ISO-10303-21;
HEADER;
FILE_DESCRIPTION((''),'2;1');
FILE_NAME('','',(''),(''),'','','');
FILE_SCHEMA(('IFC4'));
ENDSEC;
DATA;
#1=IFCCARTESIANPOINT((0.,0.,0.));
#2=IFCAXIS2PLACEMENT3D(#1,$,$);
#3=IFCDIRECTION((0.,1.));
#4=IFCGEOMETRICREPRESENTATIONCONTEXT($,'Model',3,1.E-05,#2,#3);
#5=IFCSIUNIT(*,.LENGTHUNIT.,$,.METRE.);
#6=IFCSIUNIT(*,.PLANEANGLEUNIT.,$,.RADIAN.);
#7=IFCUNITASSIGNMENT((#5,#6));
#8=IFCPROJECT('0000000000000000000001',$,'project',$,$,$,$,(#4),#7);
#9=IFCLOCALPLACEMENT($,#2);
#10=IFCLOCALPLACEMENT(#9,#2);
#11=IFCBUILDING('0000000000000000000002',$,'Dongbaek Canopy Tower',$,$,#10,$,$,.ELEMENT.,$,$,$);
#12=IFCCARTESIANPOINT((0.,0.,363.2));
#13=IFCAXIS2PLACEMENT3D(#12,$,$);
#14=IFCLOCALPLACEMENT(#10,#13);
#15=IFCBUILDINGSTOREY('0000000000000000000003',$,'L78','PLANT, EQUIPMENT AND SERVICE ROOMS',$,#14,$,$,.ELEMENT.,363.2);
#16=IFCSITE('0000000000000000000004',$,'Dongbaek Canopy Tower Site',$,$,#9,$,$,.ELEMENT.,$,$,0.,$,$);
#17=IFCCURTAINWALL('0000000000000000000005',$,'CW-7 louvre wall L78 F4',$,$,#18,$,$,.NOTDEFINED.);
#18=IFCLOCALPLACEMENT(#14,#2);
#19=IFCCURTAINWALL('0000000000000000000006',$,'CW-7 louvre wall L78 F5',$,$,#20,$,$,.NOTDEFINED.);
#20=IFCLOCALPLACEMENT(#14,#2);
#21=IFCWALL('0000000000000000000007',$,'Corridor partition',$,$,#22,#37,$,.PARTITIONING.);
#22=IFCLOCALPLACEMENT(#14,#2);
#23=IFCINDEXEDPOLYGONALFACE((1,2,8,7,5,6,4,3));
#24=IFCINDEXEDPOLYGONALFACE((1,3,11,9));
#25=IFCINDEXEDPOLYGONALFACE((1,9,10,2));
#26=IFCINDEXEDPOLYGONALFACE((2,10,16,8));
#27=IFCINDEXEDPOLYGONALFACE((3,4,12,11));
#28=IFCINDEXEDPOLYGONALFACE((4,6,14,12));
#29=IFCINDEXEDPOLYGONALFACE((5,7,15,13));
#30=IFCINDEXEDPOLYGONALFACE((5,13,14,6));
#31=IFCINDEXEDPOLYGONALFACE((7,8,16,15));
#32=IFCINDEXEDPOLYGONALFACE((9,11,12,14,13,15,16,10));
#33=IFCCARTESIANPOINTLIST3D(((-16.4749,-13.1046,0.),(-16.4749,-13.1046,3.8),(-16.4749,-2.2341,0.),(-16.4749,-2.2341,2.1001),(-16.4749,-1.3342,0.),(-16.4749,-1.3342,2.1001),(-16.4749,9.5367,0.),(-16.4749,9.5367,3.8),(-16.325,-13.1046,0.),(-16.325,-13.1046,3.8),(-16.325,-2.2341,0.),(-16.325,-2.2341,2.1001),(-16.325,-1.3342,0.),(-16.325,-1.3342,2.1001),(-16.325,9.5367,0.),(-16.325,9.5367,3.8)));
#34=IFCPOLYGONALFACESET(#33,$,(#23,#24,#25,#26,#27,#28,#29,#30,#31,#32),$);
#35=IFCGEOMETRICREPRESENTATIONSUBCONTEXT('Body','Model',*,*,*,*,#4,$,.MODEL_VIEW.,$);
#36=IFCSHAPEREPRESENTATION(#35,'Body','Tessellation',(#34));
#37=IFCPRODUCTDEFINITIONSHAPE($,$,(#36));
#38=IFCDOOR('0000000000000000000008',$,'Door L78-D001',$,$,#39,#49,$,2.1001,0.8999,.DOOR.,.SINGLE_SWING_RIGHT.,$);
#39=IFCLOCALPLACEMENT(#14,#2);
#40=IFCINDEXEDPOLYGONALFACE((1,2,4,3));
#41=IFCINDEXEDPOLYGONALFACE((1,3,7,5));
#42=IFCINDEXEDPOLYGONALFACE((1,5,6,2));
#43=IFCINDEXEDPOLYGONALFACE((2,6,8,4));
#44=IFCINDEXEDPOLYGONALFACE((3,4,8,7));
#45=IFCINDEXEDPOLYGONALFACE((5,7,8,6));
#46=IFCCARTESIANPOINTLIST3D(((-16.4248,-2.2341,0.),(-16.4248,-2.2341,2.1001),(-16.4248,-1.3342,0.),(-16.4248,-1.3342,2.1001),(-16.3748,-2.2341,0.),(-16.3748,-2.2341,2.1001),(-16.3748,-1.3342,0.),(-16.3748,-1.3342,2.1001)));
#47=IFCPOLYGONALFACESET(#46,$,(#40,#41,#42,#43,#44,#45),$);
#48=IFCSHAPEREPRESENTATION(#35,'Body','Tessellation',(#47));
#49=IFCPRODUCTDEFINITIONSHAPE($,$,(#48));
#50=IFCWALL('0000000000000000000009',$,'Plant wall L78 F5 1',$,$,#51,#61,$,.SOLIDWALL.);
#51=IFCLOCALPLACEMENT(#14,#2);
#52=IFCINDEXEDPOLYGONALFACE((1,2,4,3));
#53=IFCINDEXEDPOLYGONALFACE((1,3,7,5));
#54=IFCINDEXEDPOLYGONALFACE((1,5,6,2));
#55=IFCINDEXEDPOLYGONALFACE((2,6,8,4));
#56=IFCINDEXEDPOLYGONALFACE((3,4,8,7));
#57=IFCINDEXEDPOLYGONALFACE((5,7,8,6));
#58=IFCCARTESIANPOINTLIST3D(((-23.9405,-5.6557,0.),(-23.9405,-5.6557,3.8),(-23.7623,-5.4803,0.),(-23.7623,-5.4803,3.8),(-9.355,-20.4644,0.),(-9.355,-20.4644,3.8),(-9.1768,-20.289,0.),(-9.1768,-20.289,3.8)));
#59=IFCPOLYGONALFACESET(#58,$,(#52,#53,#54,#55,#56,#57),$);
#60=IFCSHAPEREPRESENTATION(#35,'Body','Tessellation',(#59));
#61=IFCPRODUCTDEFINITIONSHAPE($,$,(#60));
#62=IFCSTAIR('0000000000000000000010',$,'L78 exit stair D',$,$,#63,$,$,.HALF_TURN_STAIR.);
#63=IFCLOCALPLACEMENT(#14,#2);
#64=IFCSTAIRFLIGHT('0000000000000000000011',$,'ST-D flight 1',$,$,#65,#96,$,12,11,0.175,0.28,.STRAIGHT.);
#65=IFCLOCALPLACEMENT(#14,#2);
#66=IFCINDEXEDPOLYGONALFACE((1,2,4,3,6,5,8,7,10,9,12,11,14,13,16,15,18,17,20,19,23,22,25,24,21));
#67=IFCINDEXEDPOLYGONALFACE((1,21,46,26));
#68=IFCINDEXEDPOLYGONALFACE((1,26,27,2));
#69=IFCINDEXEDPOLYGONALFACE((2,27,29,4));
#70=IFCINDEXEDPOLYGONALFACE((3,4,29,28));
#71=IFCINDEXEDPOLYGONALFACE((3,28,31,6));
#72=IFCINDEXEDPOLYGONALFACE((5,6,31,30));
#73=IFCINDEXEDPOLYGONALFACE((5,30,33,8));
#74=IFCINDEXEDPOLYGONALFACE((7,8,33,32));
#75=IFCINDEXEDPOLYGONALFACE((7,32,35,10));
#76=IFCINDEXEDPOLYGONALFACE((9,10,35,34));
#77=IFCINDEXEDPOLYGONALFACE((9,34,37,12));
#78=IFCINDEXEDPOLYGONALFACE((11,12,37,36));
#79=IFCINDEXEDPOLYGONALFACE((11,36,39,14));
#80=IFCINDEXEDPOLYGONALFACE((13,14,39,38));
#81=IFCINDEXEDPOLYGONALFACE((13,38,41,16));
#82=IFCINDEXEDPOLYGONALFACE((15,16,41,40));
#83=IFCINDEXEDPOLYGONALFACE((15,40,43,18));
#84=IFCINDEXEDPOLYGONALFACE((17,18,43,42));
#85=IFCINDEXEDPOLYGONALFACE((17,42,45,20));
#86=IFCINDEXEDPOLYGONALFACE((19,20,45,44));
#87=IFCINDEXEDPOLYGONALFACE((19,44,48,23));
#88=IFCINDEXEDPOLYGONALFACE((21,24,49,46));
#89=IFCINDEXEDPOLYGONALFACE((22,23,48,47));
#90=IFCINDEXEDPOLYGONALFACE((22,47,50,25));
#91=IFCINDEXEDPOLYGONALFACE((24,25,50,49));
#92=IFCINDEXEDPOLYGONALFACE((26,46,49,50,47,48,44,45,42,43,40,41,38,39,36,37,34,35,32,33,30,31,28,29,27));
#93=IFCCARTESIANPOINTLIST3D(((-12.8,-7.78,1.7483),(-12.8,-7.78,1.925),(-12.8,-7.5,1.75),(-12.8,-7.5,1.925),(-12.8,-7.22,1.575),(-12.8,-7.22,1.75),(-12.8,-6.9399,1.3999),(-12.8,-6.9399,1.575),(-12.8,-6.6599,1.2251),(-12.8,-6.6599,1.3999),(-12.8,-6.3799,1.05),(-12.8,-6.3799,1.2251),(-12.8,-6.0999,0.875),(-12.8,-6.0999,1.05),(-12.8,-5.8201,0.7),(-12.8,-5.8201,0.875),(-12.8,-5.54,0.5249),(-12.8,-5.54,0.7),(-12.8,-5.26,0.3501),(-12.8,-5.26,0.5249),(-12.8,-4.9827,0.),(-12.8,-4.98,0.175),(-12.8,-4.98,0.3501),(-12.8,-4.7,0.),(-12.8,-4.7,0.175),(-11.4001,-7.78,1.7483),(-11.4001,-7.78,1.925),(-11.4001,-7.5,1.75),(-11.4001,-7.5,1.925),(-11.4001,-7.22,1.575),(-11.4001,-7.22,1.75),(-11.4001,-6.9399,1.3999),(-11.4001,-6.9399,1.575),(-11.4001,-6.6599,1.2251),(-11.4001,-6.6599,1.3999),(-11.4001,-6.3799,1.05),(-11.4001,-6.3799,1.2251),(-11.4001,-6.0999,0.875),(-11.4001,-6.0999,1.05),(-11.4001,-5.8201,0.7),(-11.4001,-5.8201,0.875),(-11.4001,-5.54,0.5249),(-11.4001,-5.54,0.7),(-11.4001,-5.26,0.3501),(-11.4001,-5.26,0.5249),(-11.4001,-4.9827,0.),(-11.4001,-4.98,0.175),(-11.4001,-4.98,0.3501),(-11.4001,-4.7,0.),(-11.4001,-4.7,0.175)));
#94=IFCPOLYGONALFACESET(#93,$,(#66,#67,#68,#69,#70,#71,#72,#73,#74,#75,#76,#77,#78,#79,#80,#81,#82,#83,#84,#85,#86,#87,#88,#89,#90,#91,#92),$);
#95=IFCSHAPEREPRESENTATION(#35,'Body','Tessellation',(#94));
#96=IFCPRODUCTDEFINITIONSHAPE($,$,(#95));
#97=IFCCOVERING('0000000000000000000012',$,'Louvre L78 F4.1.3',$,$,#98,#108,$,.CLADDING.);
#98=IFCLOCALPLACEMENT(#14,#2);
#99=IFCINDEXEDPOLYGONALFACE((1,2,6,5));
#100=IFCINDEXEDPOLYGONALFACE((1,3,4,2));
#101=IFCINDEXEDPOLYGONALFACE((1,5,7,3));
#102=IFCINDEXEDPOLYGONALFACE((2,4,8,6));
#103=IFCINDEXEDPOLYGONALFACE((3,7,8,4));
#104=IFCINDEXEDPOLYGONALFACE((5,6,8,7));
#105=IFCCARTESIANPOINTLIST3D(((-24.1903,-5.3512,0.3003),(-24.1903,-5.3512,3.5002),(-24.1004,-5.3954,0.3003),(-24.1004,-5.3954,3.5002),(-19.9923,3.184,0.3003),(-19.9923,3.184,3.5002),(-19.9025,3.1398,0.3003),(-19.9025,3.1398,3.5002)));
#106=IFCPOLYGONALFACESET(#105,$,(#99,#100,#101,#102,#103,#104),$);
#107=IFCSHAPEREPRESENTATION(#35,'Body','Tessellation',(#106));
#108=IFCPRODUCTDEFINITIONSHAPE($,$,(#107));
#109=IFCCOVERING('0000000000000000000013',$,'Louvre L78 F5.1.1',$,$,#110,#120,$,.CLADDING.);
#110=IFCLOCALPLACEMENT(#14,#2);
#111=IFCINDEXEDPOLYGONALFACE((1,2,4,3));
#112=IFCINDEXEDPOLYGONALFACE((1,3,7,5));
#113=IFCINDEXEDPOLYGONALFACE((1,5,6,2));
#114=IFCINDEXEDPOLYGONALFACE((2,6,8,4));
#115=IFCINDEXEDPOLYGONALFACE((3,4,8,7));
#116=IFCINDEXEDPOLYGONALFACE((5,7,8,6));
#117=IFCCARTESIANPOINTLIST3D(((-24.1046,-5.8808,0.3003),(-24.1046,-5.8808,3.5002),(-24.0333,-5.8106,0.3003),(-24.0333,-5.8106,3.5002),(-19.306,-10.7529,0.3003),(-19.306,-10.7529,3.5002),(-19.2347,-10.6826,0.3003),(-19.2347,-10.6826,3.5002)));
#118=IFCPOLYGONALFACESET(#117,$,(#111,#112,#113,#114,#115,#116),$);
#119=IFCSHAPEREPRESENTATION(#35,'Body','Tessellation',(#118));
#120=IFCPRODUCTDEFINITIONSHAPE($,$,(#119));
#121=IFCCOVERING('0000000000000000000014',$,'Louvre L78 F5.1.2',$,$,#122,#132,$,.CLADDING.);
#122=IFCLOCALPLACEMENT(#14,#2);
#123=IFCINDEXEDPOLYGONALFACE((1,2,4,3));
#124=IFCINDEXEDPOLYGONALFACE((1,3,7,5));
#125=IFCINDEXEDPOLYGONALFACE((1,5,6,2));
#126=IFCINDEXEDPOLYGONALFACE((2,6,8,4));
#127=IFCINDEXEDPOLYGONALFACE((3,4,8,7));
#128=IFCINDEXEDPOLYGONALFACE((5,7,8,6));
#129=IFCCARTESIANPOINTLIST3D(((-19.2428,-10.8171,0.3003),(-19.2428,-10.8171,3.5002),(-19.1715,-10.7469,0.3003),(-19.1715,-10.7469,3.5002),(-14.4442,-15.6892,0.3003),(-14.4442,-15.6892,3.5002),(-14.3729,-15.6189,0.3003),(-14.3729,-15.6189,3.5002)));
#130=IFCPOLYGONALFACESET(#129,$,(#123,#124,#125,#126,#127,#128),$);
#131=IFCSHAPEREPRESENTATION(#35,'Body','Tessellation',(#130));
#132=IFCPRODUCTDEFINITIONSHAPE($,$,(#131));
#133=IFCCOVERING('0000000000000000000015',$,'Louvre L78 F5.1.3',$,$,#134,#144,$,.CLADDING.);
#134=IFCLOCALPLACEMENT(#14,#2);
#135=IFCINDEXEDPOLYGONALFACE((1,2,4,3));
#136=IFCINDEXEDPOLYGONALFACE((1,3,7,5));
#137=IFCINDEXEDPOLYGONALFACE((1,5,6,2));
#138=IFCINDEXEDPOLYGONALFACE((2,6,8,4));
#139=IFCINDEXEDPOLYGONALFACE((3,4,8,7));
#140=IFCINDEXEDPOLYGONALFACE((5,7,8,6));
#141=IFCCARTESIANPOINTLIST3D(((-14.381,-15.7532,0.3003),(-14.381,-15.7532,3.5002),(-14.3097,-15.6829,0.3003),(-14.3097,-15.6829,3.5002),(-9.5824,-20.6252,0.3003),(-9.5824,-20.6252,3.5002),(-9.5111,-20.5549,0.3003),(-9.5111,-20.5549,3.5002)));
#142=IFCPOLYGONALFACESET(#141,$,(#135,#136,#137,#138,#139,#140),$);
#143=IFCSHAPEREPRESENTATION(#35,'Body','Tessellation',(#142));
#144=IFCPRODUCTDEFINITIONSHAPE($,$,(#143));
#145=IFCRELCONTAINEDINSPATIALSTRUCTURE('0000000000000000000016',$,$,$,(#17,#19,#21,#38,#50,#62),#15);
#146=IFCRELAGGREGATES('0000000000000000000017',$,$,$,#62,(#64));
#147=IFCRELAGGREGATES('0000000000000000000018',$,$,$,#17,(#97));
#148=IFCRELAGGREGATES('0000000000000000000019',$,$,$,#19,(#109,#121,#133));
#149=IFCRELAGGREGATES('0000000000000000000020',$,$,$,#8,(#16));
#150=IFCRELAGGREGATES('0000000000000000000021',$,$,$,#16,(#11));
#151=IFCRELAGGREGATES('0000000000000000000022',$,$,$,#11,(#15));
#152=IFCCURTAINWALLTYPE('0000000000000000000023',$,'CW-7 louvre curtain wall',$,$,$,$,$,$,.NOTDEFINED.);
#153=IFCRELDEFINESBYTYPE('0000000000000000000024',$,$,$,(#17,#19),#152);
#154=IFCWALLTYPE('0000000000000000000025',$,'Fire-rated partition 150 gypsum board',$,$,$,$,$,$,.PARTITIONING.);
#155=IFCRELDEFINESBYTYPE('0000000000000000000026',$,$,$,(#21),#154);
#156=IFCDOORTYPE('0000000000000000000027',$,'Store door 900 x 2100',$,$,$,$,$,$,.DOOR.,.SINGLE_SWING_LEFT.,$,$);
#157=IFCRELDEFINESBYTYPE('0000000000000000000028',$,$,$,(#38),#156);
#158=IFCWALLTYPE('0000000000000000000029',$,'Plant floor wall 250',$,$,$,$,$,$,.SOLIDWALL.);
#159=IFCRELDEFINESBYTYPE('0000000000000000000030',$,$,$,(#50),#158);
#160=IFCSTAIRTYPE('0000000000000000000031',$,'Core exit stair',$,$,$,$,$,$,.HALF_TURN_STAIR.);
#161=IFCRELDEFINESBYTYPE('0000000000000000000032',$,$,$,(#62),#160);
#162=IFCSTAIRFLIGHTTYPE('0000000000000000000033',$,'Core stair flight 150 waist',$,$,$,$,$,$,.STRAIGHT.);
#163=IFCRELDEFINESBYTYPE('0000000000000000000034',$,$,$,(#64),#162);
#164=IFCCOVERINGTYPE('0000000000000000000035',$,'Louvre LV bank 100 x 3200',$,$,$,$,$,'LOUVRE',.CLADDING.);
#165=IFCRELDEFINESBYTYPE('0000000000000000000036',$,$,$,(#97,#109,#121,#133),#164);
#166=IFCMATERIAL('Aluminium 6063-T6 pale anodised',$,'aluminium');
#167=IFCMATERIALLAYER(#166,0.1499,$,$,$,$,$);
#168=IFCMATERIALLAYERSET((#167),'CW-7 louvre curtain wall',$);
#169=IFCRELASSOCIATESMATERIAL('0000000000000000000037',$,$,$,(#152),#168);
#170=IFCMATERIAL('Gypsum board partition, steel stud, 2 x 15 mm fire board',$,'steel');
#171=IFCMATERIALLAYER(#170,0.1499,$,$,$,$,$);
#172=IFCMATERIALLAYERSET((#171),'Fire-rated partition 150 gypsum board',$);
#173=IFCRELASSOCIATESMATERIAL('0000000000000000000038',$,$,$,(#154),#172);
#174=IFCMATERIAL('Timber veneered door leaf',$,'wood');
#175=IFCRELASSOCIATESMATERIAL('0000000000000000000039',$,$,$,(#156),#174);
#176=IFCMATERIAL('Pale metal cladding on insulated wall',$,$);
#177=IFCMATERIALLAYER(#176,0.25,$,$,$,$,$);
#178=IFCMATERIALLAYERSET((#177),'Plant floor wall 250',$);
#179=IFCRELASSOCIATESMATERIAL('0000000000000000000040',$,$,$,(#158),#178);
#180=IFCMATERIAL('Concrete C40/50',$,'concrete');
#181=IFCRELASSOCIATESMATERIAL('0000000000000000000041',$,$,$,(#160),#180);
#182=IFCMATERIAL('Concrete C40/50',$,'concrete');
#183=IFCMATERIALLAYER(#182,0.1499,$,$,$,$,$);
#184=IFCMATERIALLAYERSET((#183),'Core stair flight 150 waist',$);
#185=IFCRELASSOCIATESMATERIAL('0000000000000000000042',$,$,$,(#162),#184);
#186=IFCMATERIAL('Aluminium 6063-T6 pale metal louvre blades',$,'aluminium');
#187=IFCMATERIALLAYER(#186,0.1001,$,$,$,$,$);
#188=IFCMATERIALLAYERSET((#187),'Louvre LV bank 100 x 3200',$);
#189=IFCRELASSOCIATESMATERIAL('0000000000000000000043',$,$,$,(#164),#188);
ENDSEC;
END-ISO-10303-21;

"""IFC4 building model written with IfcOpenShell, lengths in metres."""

from ifc_helpers import new_model, si_unit, direction, frame, frame_2d, origin, origin_2d, place, context, subcontext, project, spatial, polyline, rectangle, outline, extrude, material, layer, layer_set, type_object, element, fill, aggregate, save


model = new_model("IFC4")

# Units and contexts
model_context = context("Model", 3, precision=1e-05, world=origin(), true_north=direction((0.0, 1.0)))
body_context = subcontext(model_context, "Body", "Model", "MODEL_VIEW")
ifc_project = project(units=[si_unit("LENGTHUNIT", "METRE"), si_unit("PLANEANGLEUNIT", "RADIAN")], contexts=[model_context])

# Site, building, storey
site_placement = place(None, origin())
site = spatial("IfcSite", under=ifc_project, at=site_placement, Name="Dongbaek Canopy Tower Site", CompositionType="ELEMENT", RefElevation=0.0)
building_placement = place(site_placement, origin())
building = spatial("IfcBuilding", under=site, at=building_placement, Name="Dongbaek Canopy Tower", CompositionType="ELEMENT")
storey_placement = place(building_placement, frame((0.0, 0.0, 363.2)))
storey = spatial("IfcBuildingStorey", under=building, at=storey_placement, Name="L78", Description="PLANT, EQUIPMENT AND SERVICE ROOMS", CompositionType="ELEMENT", Elevation=363.2)

# Curtain wall
ifc_material_1 = material(Name="Aluminium 6063-T6 pale anodised", Category="aluminium")
ifc_layer_1 = layer(ifc_material_1, 0.1499)
ifc_layer_set_1 = layer_set([ifc_layer_1], Name="CW-7 louvre curtain wall")
curtain_wall_type = type_object("IfcCurtainWallType", Name="CW-7 louvre curtain wall", PredefinedType="NOTDEFINED", material=ifc_layer_set_1)
curtain_wall_1_placement = place(storey_placement, origin())
curtain_wall_1 = element("IfcCurtainWall", 1, at=curtain_wall_1_placement, inside=storey, type_object=curtain_wall_type, Name="CW-7 louvre wall L78 F4", PredefinedType="NOTDEFINED")

# Curtain wall
curtain_wall_2_placement = place(storey_placement, origin())
curtain_wall_2 = element("IfcCurtainWall", 2, at=curtain_wall_2_placement, inside=storey, type_object=curtain_wall_type, Name="CW-7 louvre wall L78 F5", PredefinedType="NOTDEFINED")

# Wall, opening, door
ifc_material_2 = material(Name="Gypsum board partition, steel stud, 2 x 15 mm fire board", Category="steel")
ifc_layer_2 = layer(ifc_material_2, 0.1499)
ifc_layer_set_2 = layer_set([ifc_layer_2], Name="Fire-rated partition 150 gypsum board")
wall_type_1 = type_object("IfcWallType", Name="Fire-rated partition 150 gypsum board", PredefinedType="PARTITIONING", material=ifc_layer_set_2)
wall_1_placement = place(storey_placement, frame((-16.3999, -13.1047, 0.0), z_axis=(0.0, 0.0, 1.0), x_axis=(0.0, 1.0, 0.0)))
wall_1 = element("IfcWall", 3, at=wall_1_placement, inside=storey, type_object=wall_type_1, Name="Corridor partition", PredefinedType="PARTITIONING", context=body_context, shape_type="SweptSolid", body=[
    extrude(rectangle(XDim=22.6414, YDim=0.1499, at=frame_2d((11.3208, 0.0))), origin(), (0.0, 0.0, 1.0), 3.8),
])
opening_placement = place(wall_1_placement, frame((10.8706, 0.0, 0.0)))
opening = element("IfcOpeningElement", 4, at=opening_placement, cuts=wall_1, PredefinedType="OPENING", context=body_context, shape_type="SweptSolid", body=[
    extrude(rectangle(XDim=0.8999, YDim=2.1001, at=frame_2d((0.45, 1.05))), frame((0.0, 0.085, 0.0), z_axis=(0.0, -1.0, 0.0), x_axis=(1.0, 0.0, 0.0)), (0.0, 0.0, 1.0), 0.1699),
])
ifc_material_3 = material(Name="Timber veneered door leaf", Category="wood")
door_type = type_object("IfcDoorType", Name="Store door 900 x 2100", OperationType="SINGLE_SWING_LEFT", PredefinedType="DOOR", material=ifc_material_3)
door_placement = place(opening_placement, origin())
door = element("IfcDoor", 5, at=door_placement, inside=storey, type_object=door_type, Name="Door L78-D001", OperationType="SINGLE_SWING_RIGHT", OverallHeight=2.1001, OverallWidth=0.8999, PredefinedType="DOOR", context=body_context, shape_type="SweptSolid", body=[
    extrude(rectangle(XDim=0.8999, YDim=2.1001, at=frame_2d((0.45, 1.05))), frame((0.0, 0.0249, 0.0), z_axis=(0.0, -1.0, 0.0), x_axis=(1.0, 0.0, 0.0)), (0.0, 0.0, 1.0), 0.05),
])
fill(opening, door)

# Wall
ifc_material_4 = material(Name="Pale metal cladding on insulated wall")
ifc_layer_3 = layer(ifc_material_4, 0.25)
ifc_layer_set_3 = layer_set([ifc_layer_3], Name="Plant floor wall 250")
wall_type_2 = type_object("IfcWallType", Name="Plant floor wall 250", PredefinedType="SOLIDWALL", material=ifc_layer_set_3)
wall_2_placement = place(storey_placement, frame((-23.8513, -5.5681, 0.0), z_axis=(0.0, 0.0, 1.0), x_axis=(0.701719, -0.712454, 0.0)))
element("IfcWall", 6, at=wall_2_placement, inside=storey, type_object=wall_type_2, Name="Plant wall L78 F5 1", PredefinedType="SOLIDWALL", context=body_context, shape_type="SweptSolid", body=[
    extrude(rectangle(XDim=20.7854, YDim=0.25, at=frame_2d((10.3926, 0.0))), origin(), (0.0, 0.0, 1.0), 3.8),
])

# Stair, stair flight
ifc_material_5 = material(Name="Concrete C40/50", Category="concrete")
stair_type = type_object("IfcStairType", Name="Core exit stair", PredefinedType="HALF_TURN_STAIR", material=ifc_material_5)
stair_placement = place(storey_placement, origin())
stair = element("IfcStair", 7, at=stair_placement, inside=storey, type_object=stair_type, Name="L78 exit stair D", PredefinedType="HALF_TURN_STAIR")
ifc_material_6 = material(Name="Concrete C40/50", Category="concrete")
ifc_layer_4 = layer(ifc_material_6, 0.1499)
ifc_layer_set_4 = layer_set([ifc_layer_4], Name="Core stair flight 150 waist")
stair_flight_type = type_object("IfcStairFlightType", Name="Core stair flight 150 waist", PredefinedType="STRAIGHT", material=ifc_layer_set_4)
stair_flight_placement = place(storey_placement, frame((-12.1001, -4.7, 0.0), z_axis=(0.0, 0.0, 1.0), x_axis=(0.0, -1.0, 0.0)))
stair_flight = element("IfcStairFlight", 8, at=stair_flight_placement, type_object=stair_flight_type, Name="ST-D flight 1", NumberOfRisers=12, NumberOfTreads=11, PredefinedType="STRAIGHT", RiserHeight=0.175, TreadLength=0.28, context=body_context, shape_type="SweptSolid", body=[
    extrude(outline(polyline([(0.0, 0.0), (0.0, 0.175), (0.28, 0.175), (0.28, 0.3501), (0.5601, 0.3501), (0.5601, 0.5249), (0.8401, 0.5249), (0.8401, 0.7), (1.1201, 0.7), (1.1201, 0.875), (1.3999, 0.875), (1.3999, 1.05), (1.6799, 1.05), (1.6799, 1.2251), (1.96, 1.2251), (1.96, 1.3999), (2.24, 1.3999), (2.24, 1.575), (2.52, 1.575), (2.52, 1.75), (2.8, 1.75), (2.8, 1.925), (3.0801, 1.925), (3.0801, 2.1001), (3.0801, 1.7483), (0.2827, 0.0), (0.0, 0.0)])), frame((0.0, 0.7, 0.0), z_axis=(0.0, -1.0, 0.0), x_axis=(1.0, 0.0, 0.0)), (0.0, 0.0, 1.0), 1.3999),
])
aggregate(stair, [stair_flight])

# Coverings
ifc_material_7 = material(Name="Aluminium 6063-T6 pale metal louvre blades", Category="aluminium")
ifc_layer_5 = layer(ifc_material_7, 0.1001)
ifc_layer_set_5 = layer_set([ifc_layer_5], Name="Louvre LV bank 100 x 3200")
covering_type = type_object("IfcCoveringType", Name="Louvre LV bank 100 x 3200", ElementType="LOUVRE", PredefinedType="CLADDING", material=ifc_layer_set_5)
covering_1_placement = place(storey_placement, frame((-22.0464, -1.1057, 0.3003), z_axis=(0.0, 0.0, 1.0), x_axis=(-0.441342, -0.897339, 0.0)))
covering_1 = element("IfcCovering", 9, at=covering_1_placement, type_object=covering_type, Name="Louvre L78 F4.1.3", PredefinedType="CLADDING", context=body_context, shape_type="SweptSolid", body=[
    extrude(rectangle(XDim=9.5117, YDim=0.1001, at=origin_2d()), origin(), (0.0, 0.0, 1.0), 3.2),
])
covering_2_placement = place(storey_placement, frame((-21.6697, -8.2817, 0.3003), z_axis=(0.0, 0.0, 1.0), x_axis=(0.701718, -0.712455, 0.0)))
covering_2 = element("IfcCovering", 10, at=covering_2_placement, type_object=covering_type, Name="Louvre L78 F5.1.1", PredefinedType="CLADDING", context=body_context, shape_type="SweptSolid", body=[
    extrude(rectangle(XDim=6.8384, YDim=0.1001, at=origin_2d()), origin(), (0.0, 0.0, 1.0), 3.2),
])
covering_3_placement = place(storey_placement, frame((-16.8079, -13.218, 0.3003), z_axis=(0.0, 0.0, 1.0), x_axis=(0.701718, -0.712455, 0.0)))
covering_3 = element("IfcCovering", 11, at=covering_3_placement, type_object=covering_type, Name="Louvre L78 F5.1.2", PredefinedType="CLADDING", context=body_context, shape_type="SweptSolid", body=[
    extrude(rectangle(XDim=6.8384, YDim=0.1001, at=origin_2d()), origin(), (0.0, 0.0, 1.0), 3.2),
])
covering_4_placement = place(storey_placement, frame((-11.946, -18.1541, 0.3003), z_axis=(0.0, 0.0, 1.0), x_axis=(0.701718, -0.712455, 0.0)))
covering_4 = element("IfcCovering", 12, at=covering_4_placement, type_object=covering_type, Name="Louvre L78 F5.1.3", PredefinedType="CLADDING", context=body_context, shape_type="SweptSolid", body=[
    extrude(rectangle(XDim=6.8384, YDim=0.1001, at=origin_2d()), origin(), (0.0, 0.0, 1.0), 3.2),
])

aggregate(curtain_wall_1, [covering_1])
aggregate(curtain_wall_2, [covering_2, covering_3, covering_4])

save(model, "model.ifc")
